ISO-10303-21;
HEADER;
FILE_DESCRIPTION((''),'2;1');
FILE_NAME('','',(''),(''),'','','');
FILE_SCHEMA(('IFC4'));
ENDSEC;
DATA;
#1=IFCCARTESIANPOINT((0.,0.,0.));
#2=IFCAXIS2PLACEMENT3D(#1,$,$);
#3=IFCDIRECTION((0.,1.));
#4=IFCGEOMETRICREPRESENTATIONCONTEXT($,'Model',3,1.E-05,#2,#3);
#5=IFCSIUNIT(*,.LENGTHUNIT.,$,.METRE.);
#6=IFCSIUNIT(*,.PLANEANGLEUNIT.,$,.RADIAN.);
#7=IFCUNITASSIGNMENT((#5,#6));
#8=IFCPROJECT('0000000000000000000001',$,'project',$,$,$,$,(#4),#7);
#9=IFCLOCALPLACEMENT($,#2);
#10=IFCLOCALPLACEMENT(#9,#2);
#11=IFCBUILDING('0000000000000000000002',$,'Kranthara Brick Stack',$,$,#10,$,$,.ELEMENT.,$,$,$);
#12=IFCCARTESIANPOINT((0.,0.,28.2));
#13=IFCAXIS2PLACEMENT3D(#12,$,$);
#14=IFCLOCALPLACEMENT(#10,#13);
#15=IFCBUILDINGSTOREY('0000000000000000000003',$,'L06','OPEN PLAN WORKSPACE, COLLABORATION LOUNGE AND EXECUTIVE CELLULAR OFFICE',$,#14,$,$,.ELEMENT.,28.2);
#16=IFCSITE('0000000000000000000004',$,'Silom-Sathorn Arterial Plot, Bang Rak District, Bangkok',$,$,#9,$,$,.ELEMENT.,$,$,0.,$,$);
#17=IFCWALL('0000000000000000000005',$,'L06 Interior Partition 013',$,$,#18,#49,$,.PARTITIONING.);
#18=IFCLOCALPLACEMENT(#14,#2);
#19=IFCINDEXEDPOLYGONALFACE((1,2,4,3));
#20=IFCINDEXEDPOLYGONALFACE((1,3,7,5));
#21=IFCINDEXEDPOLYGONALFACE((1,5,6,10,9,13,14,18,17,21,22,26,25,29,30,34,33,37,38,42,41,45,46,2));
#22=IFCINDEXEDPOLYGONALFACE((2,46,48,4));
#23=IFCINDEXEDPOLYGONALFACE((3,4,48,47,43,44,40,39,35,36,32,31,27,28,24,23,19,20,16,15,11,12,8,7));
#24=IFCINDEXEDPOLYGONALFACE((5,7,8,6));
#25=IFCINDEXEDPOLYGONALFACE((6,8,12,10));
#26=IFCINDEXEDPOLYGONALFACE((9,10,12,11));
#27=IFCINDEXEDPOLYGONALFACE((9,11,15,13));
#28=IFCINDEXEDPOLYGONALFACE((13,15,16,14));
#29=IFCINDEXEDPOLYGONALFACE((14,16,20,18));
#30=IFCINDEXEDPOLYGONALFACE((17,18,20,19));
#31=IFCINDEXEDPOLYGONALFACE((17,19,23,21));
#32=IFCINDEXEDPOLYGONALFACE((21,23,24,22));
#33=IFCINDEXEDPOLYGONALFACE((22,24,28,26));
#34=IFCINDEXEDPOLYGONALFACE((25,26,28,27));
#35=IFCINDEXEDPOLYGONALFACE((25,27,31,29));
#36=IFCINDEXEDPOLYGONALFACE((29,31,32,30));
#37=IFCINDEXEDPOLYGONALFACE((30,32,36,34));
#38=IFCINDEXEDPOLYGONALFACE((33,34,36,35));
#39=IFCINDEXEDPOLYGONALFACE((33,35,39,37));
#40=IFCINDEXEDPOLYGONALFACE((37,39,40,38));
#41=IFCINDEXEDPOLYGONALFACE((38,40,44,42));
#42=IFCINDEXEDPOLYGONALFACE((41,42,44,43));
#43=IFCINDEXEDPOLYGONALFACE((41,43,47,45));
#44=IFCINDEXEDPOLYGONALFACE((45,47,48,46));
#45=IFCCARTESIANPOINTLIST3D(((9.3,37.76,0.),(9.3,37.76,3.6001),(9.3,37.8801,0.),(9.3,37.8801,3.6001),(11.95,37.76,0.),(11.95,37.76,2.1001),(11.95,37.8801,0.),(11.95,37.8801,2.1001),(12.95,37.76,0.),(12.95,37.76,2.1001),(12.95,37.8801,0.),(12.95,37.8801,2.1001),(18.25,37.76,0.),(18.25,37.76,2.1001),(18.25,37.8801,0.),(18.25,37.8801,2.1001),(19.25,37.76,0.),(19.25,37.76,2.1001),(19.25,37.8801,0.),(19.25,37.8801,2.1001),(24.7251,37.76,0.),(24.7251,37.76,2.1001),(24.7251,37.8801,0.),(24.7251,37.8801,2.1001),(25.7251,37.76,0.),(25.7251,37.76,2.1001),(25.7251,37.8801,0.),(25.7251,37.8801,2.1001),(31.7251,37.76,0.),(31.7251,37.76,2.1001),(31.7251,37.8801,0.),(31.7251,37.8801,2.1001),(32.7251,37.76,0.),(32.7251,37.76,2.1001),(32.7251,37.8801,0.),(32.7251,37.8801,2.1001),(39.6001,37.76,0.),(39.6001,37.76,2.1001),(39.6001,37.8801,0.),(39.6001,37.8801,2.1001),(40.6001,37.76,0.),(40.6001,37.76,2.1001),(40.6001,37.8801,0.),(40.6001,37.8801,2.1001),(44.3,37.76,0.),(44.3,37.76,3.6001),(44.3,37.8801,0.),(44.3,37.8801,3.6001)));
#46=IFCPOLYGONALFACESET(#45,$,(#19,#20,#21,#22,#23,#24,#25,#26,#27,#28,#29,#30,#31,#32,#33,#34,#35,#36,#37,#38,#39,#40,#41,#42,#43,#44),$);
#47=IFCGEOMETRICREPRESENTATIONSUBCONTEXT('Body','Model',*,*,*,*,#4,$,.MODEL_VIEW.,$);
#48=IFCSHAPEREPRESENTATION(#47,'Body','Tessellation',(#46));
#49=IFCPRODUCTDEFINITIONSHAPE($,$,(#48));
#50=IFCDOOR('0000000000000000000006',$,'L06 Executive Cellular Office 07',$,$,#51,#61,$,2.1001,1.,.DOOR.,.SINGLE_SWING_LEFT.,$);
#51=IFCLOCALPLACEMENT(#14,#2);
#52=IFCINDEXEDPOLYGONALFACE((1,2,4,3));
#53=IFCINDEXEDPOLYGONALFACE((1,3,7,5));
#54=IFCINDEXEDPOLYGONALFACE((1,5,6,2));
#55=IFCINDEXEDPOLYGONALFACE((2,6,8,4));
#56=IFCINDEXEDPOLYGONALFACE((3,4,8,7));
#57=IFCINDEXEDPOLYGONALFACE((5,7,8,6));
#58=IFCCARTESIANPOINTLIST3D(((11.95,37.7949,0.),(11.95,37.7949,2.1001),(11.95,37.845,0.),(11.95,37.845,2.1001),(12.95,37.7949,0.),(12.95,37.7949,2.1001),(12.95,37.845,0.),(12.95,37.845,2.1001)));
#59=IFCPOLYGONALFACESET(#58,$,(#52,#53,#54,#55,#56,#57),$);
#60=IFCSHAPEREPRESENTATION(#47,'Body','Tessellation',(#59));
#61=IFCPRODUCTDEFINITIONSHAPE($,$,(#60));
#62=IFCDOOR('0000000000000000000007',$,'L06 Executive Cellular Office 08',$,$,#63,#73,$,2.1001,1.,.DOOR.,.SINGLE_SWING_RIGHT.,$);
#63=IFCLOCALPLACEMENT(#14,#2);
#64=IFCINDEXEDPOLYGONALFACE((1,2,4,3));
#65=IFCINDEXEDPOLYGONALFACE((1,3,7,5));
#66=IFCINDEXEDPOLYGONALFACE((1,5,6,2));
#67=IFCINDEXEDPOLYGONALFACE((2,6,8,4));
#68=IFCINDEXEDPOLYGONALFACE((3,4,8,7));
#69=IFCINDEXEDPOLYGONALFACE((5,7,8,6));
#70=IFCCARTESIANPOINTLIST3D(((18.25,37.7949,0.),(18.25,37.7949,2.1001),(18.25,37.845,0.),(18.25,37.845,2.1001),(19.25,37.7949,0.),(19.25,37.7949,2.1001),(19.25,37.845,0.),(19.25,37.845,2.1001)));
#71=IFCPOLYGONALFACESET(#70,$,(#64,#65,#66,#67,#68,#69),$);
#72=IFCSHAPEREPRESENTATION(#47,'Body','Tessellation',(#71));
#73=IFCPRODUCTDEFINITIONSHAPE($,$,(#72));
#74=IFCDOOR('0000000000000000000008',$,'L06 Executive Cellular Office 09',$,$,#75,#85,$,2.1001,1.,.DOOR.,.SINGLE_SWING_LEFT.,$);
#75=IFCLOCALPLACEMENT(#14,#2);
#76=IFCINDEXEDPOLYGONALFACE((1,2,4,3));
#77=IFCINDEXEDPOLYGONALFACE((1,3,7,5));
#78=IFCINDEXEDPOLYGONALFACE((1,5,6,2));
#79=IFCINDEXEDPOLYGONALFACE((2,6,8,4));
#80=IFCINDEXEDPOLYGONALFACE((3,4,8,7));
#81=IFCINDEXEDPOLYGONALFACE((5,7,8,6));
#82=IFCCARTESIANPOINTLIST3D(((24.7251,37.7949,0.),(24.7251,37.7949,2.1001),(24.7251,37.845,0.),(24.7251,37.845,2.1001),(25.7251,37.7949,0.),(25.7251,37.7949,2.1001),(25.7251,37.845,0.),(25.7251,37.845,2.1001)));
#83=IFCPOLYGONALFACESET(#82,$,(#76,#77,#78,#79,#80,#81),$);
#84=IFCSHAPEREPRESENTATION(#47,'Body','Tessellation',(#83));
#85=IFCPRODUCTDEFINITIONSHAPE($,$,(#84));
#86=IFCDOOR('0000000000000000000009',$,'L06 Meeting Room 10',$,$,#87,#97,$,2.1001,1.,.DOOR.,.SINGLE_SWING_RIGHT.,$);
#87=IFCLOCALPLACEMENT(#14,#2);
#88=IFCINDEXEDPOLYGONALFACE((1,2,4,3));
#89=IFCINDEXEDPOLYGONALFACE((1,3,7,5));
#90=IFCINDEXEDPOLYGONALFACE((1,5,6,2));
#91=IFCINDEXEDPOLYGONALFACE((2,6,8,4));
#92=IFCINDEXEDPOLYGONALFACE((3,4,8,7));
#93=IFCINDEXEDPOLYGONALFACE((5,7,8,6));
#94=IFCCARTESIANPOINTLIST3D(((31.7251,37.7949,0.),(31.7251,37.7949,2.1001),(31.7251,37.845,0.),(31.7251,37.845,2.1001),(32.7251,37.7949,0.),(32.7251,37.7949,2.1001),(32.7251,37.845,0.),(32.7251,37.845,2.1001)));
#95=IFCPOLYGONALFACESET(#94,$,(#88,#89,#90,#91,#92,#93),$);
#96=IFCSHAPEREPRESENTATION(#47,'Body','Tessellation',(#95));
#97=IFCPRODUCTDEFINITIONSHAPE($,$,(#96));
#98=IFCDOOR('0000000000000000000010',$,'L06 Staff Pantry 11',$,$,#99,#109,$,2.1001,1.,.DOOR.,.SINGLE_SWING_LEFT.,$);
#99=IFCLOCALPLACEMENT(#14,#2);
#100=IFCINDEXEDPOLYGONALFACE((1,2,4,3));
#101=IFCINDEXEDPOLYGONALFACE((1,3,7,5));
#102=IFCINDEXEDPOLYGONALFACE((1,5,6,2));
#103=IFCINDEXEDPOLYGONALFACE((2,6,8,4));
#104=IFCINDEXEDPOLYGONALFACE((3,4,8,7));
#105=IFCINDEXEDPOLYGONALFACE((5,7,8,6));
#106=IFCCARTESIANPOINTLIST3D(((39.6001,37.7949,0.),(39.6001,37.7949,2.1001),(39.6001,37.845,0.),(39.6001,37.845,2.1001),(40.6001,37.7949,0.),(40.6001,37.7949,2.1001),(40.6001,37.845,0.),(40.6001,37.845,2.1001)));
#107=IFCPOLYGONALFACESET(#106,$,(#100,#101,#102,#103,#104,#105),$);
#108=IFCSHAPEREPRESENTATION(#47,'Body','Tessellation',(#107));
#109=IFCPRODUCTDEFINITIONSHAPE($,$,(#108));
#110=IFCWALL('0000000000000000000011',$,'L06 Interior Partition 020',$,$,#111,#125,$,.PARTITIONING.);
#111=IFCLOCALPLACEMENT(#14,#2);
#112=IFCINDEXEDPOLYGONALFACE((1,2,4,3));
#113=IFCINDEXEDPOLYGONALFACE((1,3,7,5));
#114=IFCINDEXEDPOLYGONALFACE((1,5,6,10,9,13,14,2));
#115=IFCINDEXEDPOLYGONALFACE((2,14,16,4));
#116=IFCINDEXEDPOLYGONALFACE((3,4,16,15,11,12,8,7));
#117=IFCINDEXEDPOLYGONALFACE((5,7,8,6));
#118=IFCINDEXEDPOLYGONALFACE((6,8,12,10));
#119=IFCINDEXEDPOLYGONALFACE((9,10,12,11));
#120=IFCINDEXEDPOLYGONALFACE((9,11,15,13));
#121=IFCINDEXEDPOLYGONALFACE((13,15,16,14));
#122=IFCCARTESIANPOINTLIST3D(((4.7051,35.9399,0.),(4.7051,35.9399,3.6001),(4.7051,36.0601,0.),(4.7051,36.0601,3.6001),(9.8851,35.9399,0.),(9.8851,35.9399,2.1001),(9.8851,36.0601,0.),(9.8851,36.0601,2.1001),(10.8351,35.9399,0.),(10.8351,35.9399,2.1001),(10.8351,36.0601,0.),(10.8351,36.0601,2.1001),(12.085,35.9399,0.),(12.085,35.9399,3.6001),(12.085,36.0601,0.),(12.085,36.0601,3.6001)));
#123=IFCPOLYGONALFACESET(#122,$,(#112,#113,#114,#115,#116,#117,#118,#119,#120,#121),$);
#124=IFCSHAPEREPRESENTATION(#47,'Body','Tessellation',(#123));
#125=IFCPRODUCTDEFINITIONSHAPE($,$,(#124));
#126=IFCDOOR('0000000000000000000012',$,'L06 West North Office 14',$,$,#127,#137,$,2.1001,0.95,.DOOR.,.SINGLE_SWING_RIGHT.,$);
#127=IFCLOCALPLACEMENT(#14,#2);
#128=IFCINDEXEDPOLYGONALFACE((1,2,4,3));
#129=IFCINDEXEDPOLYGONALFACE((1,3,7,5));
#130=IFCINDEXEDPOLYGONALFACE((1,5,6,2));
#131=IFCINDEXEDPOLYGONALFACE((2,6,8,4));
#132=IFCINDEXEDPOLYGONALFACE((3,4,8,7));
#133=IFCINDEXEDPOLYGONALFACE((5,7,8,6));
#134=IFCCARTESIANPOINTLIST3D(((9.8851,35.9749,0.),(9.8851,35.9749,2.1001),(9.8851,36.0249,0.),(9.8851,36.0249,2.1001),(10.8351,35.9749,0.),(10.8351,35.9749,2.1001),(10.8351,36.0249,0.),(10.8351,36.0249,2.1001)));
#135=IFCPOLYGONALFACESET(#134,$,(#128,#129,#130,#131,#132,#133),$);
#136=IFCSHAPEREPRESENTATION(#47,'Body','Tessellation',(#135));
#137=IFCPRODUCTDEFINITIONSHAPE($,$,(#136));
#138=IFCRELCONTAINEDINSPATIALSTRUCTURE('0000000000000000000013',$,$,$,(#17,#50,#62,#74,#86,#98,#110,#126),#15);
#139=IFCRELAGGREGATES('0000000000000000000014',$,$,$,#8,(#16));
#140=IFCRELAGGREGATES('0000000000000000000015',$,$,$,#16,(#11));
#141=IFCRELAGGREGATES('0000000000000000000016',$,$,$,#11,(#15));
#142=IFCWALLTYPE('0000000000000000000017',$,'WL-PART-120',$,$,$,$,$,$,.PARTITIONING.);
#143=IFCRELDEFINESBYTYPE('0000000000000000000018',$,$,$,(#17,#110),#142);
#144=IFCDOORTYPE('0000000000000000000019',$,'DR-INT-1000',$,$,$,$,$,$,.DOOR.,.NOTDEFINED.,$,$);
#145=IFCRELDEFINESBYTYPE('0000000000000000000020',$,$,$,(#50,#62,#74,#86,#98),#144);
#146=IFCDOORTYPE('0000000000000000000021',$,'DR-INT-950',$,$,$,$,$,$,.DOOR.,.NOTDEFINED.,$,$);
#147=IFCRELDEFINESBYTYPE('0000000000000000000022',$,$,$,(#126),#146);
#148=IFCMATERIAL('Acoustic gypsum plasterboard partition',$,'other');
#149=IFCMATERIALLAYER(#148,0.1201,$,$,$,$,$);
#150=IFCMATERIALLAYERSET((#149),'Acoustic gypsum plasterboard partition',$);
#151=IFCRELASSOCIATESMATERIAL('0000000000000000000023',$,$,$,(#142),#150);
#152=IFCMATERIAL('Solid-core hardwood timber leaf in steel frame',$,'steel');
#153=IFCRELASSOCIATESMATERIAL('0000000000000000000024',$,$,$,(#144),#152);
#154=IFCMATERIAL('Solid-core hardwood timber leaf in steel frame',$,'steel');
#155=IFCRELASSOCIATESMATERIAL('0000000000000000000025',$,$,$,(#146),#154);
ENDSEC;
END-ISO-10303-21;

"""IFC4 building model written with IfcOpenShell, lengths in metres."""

from ifc_helpers import new_model, si_unit, direction, frame, frame_2d, origin, place, context, subcontext, project, spatial, rectangle, extrude, material, layer, layer_set, type_object, element, fill, save


model = new_model("IFC4")

# Units and contexts
model_context = context("Model", 3, precision=1e-05, world=origin(), true_north=direction((0.0, 1.0)))
body_context = subcontext(model_context, "Body", "Model", "MODEL_VIEW")
ifc_project = project(units=[si_unit("LENGTHUNIT", "METRE"), si_unit("PLANEANGLEUNIT", "RADIAN")], contexts=[model_context])

# Site, building, storey
site_placement = place(None, origin())
site = spatial("IfcSite", under=ifc_project, at=site_placement, Name="Silom-Sathorn Arterial Plot, Bang Rak District, Bangkok", CompositionType="ELEMENT", RefElevation=0.0)
building_placement = place(site_placement, origin())
building = spatial("IfcBuilding", under=site, at=building_placement, Name="Kranthara Brick Stack", CompositionType="ELEMENT")
storey_placement = place(building_placement, frame((0.0, 0.0, 28.2)))
storey = spatial("IfcBuildingStorey", under=building, at=storey_placement, Name="L06", Description="OPEN PLAN WORKSPACE, COLLABORATION LOUNGE AND EXECUTIVE CELLULAR OFFICE", CompositionType="ELEMENT", Elevation=28.2)

# Wall, openings, doors
ifc_material_1 = material(Name="Acoustic gypsum plasterboard partition", Category="other")
ifc_layer_1 = layer(ifc_material_1, 0.1201)
ifc_layer_set_1 = layer_set([ifc_layer_1], Name="Acoustic gypsum plasterboard partition")
wall_type_1 = type_object("IfcWallType", Name="WL-PART-120", PredefinedType="PARTITIONING", material=ifc_layer_set_1)
wall_1_placement = place(storey_placement, frame((9.3, 37.8201, 0.0), z_axis=(0.0, 0.0, 1.0), x_axis=(1.0, 0.0, 0.0)))
wall_1 = element("IfcWall", 1, at=wall_1_placement, inside=storey, type_object=wall_type_1, Name="L06 Interior Partition 013", PredefinedType="PARTITIONING", context=body_context, shape_type="SweptSolid", body=[
    extrude(rectangle(XDim=35.0, YDim=0.1201, at=frame_2d((17.5, 0.0))), origin(), (0.0, 0.0, 1.0), 3.6001),
])
opening_1_placement = place(wall_1_placement, frame((2.6499, 0.0, 0.0)))
opening_1 = element("IfcOpeningElement", 2, at=opening_1_placement, cuts=wall_1, PredefinedType="OPENING", context=body_context, shape_type="SweptSolid", body=[
    extrude(rectangle(XDim=1.0, YDim=2.1001, at=frame_2d((0.5, 1.05))), frame((0.0, 0.0701, 0.0), z_axis=(0.0, -1.0, 0.0), x_axis=(1.0, 0.0, 0.0)), (0.0, 0.0, 1.0), 0.1401),
])
opening_2_placement = place(wall_1_placement, frame((8.95, 0.0, 0.0)))
opening_2 = element("IfcOpeningElement", 3, at=opening_2_placement, cuts=wall_1, PredefinedType="OPENING", context=body_context, shape_type="SweptSolid", body=[
    extrude(rectangle(XDim=1.0, YDim=2.1001, at=frame_2d((0.5, 1.05))), frame((0.0, 0.0701, 0.0), z_axis=(0.0, -1.0, 0.0), x_axis=(1.0, 0.0, 0.0)), (0.0, 0.0, 1.0), 0.1401),
])
opening_3_placement = place(wall_1_placement, frame((15.425, 0.0, 0.0)))
opening_3 = element("IfcOpeningElement", 4, at=opening_3_placement, cuts=wall_1, PredefinedType="OPENING", context=body_context, shape_type="SweptSolid", body=[
    extrude(rectangle(XDim=1.0, YDim=2.1001, at=frame_2d((0.5, 1.05))), frame((0.0, 0.0701, 0.0), z_axis=(0.0, -1.0, 0.0), x_axis=(1.0, 0.0, 0.0)), (0.0, 0.0, 1.0), 0.1401),
])
opening_4_placement = place(wall_1_placement, frame((22.425, 0.0, 0.0)))
opening_4 = element("IfcOpeningElement", 5, at=opening_4_placement, cuts=wall_1, PredefinedType="OPENING", context=body_context, shape_type="SweptSolid", body=[
    extrude(rectangle(XDim=1.0, YDim=2.1001, at=frame_2d((0.5, 1.05))), frame((0.0, 0.0701, 0.0), z_axis=(0.0, -1.0, 0.0), x_axis=(1.0, 0.0, 0.0)), (0.0, 0.0, 1.0), 0.1401),
])
opening_5_placement = place(wall_1_placement, frame((30.3, 0.0, 0.0)))
opening_5 = element("IfcOpeningElement", 6, at=opening_5_placement, cuts=wall_1, PredefinedType="OPENING", context=body_context, shape_type="SweptSolid", body=[
    extrude(rectangle(XDim=1.0, YDim=2.1001, at=frame_2d((0.5, 1.05))), frame((0.0, 0.0701, 0.0), z_axis=(0.0, -1.0, 0.0), x_axis=(1.0, 0.0, 0.0)), (0.0, 0.0, 1.0), 0.1401),
])
ifc_material_2 = material(Name="Solid-core hardwood timber leaf in steel frame", Category="steel")
door_type_1 = type_object("IfcDoorType", Name="DR-INT-1000", OperationType="NOTDEFINED", PredefinedType="DOOR", material=ifc_material_2)
door_1_placement = place(opening_1_placement, origin())
door_1 = element("IfcDoor", 7, at=door_1_placement, inside=storey, type_object=door_type_1, Name="L06 Executive Cellular Office 07", OperationType="SINGLE_SWING_LEFT", OverallHeight=2.1001, OverallWidth=1.0, PredefinedType="DOOR", context=body_context, shape_type="SweptSolid", body=[
    extrude(rectangle(XDim=1.0, YDim=2.1001, at=frame_2d((0.5, 1.05))), frame((0.0, 0.0249, 0.0), z_axis=(0.0, -1.0, 0.0), x_axis=(1.0, 0.0, 0.0)), (0.0, 0.0, 1.0), 0.05),
])
fill(opening_1, door_1)
door_2_placement = place(opening_2_placement, origin())
door_2 = element("IfcDoor", 8, at=door_2_placement, inside=storey, type_object=door_type_1, Name="L06 Executive Cellular Office 08", OperationType="SINGLE_SWING_RIGHT", OverallHeight=2.1001, OverallWidth=1.0, PredefinedType="DOOR", context=body_context, shape_type="SweptSolid", body=[
    extrude(rectangle(XDim=1.0, YDim=2.1001, at=frame_2d((0.5, 1.05))), frame((0.0, 0.0249, 0.0), z_axis=(0.0, -1.0, 0.0), x_axis=(1.0, 0.0, 0.0)), (0.0, 0.0, 1.0), 0.05),
])
fill(opening_2, door_2)
door_3_placement = place(opening_3_placement, origin())
door_3 = element("IfcDoor", 9, at=door_3_placement, inside=storey, type_object=door_type_1, Name="L06 Executive Cellular Office 09", OperationType="SINGLE_SWING_LEFT", OverallHeight=2.1001, OverallWidth=1.0, PredefinedType="DOOR", context=body_context, shape_type="SweptSolid", body=[
    extrude(rectangle(XDim=1.0, YDim=2.1001, at=frame_2d((0.5, 1.05))), frame((0.0, 0.0249, 0.0), z_axis=(0.0, -1.0, 0.0), x_axis=(1.0, 0.0, 0.0)), (0.0, 0.0, 1.0), 0.05),
])
fill(opening_3, door_3)
door_4_placement = place(opening_4_placement, origin())
door_4 = element("IfcDoor", 10, at=door_4_placement, inside=storey, type_object=door_type_1, Name="L06 Meeting Room 10", OperationType="SINGLE_SWING_RIGHT", OverallHeight=2.1001, OverallWidth=1.0, PredefinedType="DOOR", context=body_context, shape_type="SweptSolid", body=[
    extrude(rectangle(XDim=1.0, YDim=2.1001, at=frame_2d((0.5, 1.05))), frame((0.0, 0.0249, 0.0), z_axis=(0.0, -1.0, 0.0), x_axis=(1.0, 0.0, 0.0)), (0.0, 0.0, 1.0), 0.05),
])
fill(opening_4, door_4)
door_5_placement = place(opening_5_placement, origin())
door_5 = element("IfcDoor", 11, at=door_5_placement, inside=storey, type_object=door_type_1, Name="L06 Staff Pantry 11", OperationType="SINGLE_SWING_LEFT", OverallHeight=2.1001, OverallWidth=1.0, PredefinedType="DOOR", context=body_context, shape_type="SweptSolid", body=[
    extrude(rectangle(XDim=1.0, YDim=2.1001, at=frame_2d((0.5, 1.05))), frame((0.0, 0.0249, 0.0), z_axis=(0.0, -1.0, 0.0), x_axis=(1.0, 0.0, 0.0)), (0.0, 0.0, 1.0), 0.05),
])
fill(opening_5, door_5)

# Wall, opening, door
wall_2_placement = place(storey_placement, frame((4.7051, 36.0, 0.0), z_axis=(0.0, 0.0, 1.0), x_axis=(1.0, 0.0, 0.0)))
wall_2 = element("IfcWall", 12, at=wall_2_placement, inside=storey, type_object=wall_type_1, Name="L06 Interior Partition 020", PredefinedType="PARTITIONING", context=body_context, shape_type="SweptSolid", body=[
    extrude(rectangle(XDim=7.3799, YDim=0.1201, at=frame_2d((3.6899, 0.0))), origin(), (0.0, 0.0, 1.0), 3.6001),
])
opening_6_placement = place(wall_2_placement, frame((5.1799, 0.0, 0.0)))
opening_6 = element("IfcOpeningElement", 13, at=opening_6_placement, cuts=wall_2, PredefinedType="OPENING", context=body_context, shape_type="SweptSolid", body=[
    extrude(rectangle(XDim=0.95, YDim=2.1001, at=frame_2d((0.4751, 1.05))), frame((0.0, 0.0701, 0.0), z_axis=(0.0, -1.0, 0.0), x_axis=(1.0, 0.0, 0.0)), (0.0, 0.0, 1.0), 0.1401),
])
ifc_material_3 = material(Name="Solid-core hardwood timber leaf in steel frame", Category="steel")
door_type_2 = type_object("IfcDoorType", Name="DR-INT-950", OperationType="NOTDEFINED", PredefinedType="DOOR", material=ifc_material_3)
door_6_placement = place(opening_6_placement, origin())
door_6 = element("IfcDoor", 14, at=door_6_placement, inside=storey, type_object=door_type_2, Name="L06 West North Office 14", OperationType="SINGLE_SWING_RIGHT", OverallHeight=2.1001, OverallWidth=0.95, PredefinedType="DOOR", context=body_context, shape_type="SweptSolid", body=[
    extrude(rectangle(XDim=0.95, YDim=2.1001, at=frame_2d((0.4751, 1.05))), frame((0.0, 0.0249, 0.0), z_axis=(0.0, -1.0, 0.0), x_axis=(1.0, 0.0, 0.0)), (0.0, 0.0, 1.0), 0.05),
])
fill(opening_6, door_6)

save(model, "model.ifc")
